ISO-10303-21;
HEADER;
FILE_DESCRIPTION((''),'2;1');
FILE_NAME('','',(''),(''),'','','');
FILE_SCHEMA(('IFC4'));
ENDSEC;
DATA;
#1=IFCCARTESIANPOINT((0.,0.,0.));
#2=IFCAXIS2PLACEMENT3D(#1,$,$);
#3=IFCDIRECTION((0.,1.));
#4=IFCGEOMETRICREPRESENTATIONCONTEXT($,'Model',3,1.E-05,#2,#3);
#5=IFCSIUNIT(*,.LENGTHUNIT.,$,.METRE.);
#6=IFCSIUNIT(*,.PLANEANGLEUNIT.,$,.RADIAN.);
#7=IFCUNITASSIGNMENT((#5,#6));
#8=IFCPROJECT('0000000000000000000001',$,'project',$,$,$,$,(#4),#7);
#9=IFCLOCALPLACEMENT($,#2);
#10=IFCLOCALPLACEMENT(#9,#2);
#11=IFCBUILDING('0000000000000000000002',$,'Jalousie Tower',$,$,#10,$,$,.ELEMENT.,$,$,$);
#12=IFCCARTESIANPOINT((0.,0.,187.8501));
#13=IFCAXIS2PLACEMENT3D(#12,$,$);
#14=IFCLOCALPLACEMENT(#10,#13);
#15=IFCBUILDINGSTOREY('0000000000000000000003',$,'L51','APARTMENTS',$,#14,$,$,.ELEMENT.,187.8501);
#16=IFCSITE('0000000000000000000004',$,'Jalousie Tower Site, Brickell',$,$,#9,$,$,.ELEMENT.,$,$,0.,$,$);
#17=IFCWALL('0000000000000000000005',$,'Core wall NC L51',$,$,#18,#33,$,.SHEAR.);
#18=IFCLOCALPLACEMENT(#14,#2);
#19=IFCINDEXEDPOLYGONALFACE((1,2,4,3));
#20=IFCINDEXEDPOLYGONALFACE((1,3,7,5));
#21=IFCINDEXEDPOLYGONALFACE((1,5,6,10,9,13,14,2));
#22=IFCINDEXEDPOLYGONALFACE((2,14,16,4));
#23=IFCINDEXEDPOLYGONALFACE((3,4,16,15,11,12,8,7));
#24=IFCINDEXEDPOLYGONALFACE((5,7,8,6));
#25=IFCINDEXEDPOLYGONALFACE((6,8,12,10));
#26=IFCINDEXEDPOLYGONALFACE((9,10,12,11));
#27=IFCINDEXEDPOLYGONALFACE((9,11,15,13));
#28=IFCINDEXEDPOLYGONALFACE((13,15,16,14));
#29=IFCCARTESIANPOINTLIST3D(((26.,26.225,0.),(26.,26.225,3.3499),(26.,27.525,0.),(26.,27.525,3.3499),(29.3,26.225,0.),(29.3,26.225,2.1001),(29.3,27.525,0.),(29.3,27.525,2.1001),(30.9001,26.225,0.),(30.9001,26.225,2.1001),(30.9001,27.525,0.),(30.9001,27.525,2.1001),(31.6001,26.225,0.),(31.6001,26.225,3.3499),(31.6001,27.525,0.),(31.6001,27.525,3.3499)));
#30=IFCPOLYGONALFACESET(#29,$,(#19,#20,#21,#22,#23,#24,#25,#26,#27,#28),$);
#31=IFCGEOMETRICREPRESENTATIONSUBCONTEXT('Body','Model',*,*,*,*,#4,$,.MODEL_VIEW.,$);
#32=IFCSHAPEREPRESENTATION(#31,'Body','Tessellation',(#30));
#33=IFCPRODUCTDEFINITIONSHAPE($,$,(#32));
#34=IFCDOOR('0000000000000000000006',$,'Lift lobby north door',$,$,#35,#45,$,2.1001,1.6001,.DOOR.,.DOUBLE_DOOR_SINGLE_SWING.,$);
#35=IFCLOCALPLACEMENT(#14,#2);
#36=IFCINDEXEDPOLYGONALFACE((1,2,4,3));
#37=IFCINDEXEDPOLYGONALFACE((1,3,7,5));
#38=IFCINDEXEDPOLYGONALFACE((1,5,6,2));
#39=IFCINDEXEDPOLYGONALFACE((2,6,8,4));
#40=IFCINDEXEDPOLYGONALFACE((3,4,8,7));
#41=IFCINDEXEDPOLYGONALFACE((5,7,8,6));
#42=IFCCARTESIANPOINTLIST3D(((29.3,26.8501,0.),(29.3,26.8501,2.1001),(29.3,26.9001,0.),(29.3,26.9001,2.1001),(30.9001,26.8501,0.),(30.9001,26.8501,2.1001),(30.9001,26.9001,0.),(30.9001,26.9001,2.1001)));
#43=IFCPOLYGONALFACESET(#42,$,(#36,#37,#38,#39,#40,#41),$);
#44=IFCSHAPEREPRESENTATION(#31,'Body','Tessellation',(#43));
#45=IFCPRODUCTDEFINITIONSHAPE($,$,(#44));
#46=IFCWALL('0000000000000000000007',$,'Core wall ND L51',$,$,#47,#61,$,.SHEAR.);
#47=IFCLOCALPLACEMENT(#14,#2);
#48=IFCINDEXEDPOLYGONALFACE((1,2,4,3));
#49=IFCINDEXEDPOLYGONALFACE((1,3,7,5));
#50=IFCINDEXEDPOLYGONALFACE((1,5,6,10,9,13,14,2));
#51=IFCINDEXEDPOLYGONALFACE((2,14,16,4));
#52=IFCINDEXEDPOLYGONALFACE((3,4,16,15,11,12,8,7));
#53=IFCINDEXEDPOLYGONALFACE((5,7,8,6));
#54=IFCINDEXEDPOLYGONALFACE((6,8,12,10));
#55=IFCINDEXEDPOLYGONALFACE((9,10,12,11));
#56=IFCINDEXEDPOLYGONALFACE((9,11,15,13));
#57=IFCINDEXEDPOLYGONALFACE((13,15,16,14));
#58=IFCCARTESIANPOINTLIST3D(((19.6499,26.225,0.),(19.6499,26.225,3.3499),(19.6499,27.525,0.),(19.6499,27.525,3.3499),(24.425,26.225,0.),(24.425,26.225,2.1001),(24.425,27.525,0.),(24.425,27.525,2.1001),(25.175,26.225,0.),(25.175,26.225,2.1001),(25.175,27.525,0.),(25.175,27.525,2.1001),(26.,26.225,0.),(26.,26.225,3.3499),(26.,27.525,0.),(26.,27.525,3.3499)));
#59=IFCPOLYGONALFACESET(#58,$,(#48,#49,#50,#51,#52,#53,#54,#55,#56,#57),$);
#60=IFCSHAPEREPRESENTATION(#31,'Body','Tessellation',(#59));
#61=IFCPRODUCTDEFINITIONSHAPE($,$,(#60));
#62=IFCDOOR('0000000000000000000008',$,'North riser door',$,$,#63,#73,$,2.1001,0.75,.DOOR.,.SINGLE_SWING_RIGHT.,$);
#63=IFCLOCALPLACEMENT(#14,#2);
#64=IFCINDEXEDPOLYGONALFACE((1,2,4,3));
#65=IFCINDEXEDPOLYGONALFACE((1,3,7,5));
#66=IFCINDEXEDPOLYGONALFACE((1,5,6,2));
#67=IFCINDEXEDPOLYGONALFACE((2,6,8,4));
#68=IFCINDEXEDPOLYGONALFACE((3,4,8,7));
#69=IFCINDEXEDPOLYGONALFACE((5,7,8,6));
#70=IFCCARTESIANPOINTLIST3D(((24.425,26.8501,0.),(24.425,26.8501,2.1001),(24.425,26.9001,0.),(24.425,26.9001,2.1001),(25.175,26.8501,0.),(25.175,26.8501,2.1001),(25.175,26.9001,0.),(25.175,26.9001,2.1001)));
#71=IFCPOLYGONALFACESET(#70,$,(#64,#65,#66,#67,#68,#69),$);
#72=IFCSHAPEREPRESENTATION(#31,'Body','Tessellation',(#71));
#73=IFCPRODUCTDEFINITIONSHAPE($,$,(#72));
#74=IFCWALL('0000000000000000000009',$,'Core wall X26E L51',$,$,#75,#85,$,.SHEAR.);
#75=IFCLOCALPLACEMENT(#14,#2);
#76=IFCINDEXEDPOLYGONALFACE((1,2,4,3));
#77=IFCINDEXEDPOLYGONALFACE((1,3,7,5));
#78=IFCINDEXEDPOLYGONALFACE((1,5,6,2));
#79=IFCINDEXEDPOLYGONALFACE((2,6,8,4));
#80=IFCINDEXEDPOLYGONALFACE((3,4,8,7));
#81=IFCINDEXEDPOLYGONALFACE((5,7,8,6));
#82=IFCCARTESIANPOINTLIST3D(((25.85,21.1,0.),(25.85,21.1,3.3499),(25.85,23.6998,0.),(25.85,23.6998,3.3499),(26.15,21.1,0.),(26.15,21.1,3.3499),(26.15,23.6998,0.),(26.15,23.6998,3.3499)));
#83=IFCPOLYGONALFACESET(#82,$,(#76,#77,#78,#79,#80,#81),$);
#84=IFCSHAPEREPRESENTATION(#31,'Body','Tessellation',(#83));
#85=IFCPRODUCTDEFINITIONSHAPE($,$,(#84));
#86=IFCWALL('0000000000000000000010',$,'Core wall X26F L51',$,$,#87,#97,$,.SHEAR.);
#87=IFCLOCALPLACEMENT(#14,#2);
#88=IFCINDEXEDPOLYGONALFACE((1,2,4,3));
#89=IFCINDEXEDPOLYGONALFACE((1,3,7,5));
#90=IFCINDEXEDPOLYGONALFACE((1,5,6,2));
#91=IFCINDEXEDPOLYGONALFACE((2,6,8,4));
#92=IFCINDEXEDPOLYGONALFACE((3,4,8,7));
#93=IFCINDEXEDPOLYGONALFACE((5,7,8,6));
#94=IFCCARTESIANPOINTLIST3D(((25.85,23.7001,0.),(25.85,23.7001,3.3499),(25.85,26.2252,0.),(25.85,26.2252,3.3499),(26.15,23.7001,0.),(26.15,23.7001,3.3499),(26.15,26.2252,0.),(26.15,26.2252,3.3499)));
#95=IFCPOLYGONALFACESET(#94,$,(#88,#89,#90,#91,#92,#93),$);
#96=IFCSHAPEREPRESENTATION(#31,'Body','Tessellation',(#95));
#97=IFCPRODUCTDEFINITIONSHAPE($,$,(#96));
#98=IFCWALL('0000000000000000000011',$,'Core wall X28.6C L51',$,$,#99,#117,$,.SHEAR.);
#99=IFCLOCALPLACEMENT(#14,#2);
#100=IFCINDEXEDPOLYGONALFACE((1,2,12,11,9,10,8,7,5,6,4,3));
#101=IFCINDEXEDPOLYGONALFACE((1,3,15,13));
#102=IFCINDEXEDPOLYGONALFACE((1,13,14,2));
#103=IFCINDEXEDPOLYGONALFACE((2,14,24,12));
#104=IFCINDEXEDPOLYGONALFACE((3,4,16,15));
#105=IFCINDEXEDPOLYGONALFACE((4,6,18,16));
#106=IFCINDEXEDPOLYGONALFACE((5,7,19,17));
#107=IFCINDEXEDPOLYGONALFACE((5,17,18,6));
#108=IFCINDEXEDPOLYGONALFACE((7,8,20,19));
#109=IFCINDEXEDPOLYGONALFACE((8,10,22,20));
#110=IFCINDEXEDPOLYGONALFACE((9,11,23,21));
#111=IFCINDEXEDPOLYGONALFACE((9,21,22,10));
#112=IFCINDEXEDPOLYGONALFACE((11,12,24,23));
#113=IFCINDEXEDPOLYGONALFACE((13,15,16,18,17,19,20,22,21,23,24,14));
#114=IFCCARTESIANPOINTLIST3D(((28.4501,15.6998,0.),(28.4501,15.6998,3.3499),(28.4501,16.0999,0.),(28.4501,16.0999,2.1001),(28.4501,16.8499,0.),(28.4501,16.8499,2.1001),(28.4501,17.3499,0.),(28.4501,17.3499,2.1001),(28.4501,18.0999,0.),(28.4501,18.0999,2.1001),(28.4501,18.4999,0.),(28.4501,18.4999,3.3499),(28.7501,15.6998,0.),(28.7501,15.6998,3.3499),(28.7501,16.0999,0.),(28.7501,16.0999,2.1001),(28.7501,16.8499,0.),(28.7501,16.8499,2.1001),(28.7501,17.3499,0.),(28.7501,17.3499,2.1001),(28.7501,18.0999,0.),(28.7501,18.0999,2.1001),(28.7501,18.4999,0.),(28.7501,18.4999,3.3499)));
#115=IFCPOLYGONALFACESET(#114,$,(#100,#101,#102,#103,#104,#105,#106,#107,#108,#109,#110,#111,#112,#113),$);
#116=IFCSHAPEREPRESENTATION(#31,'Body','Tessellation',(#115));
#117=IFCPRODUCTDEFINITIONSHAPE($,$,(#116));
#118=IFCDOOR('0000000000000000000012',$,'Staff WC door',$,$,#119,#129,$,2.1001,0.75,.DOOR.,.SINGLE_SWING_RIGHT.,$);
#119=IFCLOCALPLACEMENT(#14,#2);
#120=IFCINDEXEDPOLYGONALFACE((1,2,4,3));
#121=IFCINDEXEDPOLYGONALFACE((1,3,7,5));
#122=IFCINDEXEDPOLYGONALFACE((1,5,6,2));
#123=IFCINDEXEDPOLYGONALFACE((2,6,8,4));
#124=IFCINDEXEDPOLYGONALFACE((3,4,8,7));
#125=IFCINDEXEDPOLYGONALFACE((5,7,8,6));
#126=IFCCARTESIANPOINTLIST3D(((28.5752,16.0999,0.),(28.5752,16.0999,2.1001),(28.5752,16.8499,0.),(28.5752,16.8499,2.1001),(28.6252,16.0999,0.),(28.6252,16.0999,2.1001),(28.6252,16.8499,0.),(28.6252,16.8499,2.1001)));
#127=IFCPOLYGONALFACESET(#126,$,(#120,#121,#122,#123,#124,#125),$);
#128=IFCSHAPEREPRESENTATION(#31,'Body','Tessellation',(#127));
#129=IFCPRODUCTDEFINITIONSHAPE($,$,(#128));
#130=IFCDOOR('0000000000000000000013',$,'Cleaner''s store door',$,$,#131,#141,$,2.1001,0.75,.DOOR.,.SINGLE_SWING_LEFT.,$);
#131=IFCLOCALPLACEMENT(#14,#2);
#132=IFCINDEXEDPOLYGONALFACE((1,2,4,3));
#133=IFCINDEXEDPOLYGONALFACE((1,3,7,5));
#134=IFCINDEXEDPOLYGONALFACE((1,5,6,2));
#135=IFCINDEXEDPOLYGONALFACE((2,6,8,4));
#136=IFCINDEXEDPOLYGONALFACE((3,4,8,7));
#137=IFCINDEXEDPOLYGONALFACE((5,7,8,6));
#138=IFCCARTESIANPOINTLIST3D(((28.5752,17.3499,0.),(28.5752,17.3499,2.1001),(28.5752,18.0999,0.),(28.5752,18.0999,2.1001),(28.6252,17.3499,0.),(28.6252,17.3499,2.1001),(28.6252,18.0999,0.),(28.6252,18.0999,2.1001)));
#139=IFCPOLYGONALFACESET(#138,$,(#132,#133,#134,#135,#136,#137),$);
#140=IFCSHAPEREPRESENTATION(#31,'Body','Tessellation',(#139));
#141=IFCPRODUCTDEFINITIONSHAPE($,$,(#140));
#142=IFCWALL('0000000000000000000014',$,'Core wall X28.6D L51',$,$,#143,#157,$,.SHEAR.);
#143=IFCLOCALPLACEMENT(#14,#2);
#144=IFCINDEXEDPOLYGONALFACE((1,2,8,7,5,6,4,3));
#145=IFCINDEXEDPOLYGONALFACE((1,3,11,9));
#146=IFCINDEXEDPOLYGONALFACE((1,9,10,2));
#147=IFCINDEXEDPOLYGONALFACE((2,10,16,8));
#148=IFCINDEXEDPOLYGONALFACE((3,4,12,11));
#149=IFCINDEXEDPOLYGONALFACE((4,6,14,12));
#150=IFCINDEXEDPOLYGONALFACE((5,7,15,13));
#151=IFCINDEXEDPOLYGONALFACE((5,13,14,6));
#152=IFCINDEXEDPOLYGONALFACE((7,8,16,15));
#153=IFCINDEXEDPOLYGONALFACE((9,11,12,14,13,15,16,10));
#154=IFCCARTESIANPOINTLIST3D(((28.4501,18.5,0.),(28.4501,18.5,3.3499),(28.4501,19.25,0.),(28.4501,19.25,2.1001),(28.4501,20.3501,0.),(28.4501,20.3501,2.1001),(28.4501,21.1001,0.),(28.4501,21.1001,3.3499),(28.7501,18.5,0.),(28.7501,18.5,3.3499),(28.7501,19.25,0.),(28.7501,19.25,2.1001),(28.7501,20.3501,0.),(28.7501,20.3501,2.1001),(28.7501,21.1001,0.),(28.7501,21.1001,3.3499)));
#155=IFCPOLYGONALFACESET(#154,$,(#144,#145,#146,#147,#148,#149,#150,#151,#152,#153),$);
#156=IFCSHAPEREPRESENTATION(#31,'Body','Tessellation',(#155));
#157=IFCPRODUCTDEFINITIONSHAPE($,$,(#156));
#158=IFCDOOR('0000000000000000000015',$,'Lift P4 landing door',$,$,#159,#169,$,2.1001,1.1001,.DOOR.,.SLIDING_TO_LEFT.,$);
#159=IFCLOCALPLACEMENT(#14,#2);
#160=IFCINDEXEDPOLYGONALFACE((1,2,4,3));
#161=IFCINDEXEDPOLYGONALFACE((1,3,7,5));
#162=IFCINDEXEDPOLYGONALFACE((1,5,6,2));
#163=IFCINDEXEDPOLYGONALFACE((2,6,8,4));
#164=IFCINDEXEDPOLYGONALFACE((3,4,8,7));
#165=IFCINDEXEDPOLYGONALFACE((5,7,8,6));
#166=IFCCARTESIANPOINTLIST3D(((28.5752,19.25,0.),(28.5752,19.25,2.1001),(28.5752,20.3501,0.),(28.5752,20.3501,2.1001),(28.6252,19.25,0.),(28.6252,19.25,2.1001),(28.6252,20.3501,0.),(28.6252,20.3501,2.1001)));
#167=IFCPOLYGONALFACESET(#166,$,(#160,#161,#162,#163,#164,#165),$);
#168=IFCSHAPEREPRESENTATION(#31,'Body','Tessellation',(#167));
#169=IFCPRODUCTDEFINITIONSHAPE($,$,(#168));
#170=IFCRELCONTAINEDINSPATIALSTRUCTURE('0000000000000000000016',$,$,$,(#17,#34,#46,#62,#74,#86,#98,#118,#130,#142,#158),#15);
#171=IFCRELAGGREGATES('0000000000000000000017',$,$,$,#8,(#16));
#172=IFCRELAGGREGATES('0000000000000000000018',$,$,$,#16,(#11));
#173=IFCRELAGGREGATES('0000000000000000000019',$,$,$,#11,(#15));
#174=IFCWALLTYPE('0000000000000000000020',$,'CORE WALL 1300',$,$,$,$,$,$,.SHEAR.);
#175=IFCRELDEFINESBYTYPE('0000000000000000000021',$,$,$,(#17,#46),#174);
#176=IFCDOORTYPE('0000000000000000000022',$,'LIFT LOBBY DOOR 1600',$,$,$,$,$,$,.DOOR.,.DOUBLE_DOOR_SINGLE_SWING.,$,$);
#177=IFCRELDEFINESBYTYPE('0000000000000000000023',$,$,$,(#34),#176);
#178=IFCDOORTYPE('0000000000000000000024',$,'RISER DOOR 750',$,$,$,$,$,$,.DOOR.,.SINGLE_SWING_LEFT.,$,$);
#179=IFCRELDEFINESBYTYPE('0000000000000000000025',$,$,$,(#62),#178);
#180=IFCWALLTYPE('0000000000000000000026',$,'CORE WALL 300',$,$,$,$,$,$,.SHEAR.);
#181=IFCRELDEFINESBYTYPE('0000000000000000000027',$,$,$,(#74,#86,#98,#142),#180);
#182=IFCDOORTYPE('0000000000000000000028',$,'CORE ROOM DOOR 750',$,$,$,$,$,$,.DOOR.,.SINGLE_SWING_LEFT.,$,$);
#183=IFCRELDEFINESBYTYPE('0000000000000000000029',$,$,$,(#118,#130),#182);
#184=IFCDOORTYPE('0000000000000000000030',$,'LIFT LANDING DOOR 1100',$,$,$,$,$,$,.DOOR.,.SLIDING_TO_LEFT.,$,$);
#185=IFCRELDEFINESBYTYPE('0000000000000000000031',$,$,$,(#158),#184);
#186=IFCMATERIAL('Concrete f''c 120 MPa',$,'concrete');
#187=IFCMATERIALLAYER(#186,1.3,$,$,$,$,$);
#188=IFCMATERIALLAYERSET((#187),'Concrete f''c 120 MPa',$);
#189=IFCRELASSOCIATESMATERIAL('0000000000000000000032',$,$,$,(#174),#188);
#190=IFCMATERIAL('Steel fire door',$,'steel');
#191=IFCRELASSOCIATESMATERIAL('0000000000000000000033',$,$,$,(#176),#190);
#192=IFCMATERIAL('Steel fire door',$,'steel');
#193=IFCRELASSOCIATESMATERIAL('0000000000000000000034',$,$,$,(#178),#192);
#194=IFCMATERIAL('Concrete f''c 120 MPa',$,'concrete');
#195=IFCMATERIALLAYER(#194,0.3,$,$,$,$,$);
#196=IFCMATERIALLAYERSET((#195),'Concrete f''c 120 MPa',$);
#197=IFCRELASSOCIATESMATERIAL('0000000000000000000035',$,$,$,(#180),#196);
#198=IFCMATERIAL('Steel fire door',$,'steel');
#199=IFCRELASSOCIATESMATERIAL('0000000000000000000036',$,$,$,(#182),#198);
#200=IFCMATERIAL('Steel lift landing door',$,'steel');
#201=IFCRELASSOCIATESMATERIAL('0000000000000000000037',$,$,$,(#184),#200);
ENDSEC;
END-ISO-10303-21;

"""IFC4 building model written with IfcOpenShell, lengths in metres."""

from ifc_helpers import new_model, si_unit, direction, frame, frame_2d, origin, place, context, subcontext, project, spatial, rectangle, extrude, material, layer, layer_set, type_object, element, fill, save


model = new_model("IFC4")

# Units and contexts
model_context = context("Model", 3, precision=1e-05, world=origin(), true_north=direction((0.0, 1.0)))
body_context = subcontext(model_context, "Body", "Model", "MODEL_VIEW")
ifc_project = project(units=[si_unit("LENGTHUNIT", "METRE"), si_unit("PLANEANGLEUNIT", "RADIAN")], contexts=[model_context])

# Site, building, storey
site_placement = place(None, origin())
site = spatial("IfcSite", under=ifc_project, at=site_placement, Name="Jalousie Tower Site, Brickell", CompositionType="ELEMENT", RefElevation=0.0)
building_placement = place(site_placement, origin())
building = spatial("IfcBuilding", under=site, at=building_placement, Name="Jalousie Tower", CompositionType="ELEMENT")
storey_placement = place(building_placement, frame((0.0, 0.0, 187.8501)))
storey = spatial("IfcBuildingStorey", under=building, at=storey_placement, Name="L51", Description="APARTMENTS", CompositionType="ELEMENT", Elevation=187.8501)

# Walls, openings, doors
ifc_material_1 = material(Name="Concrete f'c 120 MPa", Category="concrete")
ifc_layer_1 = layer(ifc_material_1, 1.3)
ifc_layer_set_1 = layer_set([ifc_layer_1], Name="Concrete f'c 120 MPa")
wall_type_1 = type_object("IfcWallType", Name="CORE WALL 1300", PredefinedType="SHEAR", material=ifc_layer_set_1)
wall_1_placement = place(storey_placement, frame((31.6001, 26.875, 0.0), z_axis=(0.0, 0.0, 1.0), x_axis=(-1.0, 0.0, 0.0)))
wall_1 = element("IfcWall", 1, at=wall_1_placement, inside=storey, type_object=wall_type_1, Name="Core wall NC L51", PredefinedType="SHEAR", context=body_context, shape_type="SweptSolid", body=[
    extrude(rectangle(XDim=5.6001, YDim=1.3, at=frame_2d((2.8, 0.0))), origin(), (0.0, 0.0, 1.0), 3.3499),
])
opening_1_placement = place(wall_1_placement, frame((0.7, 0.0, 0.0)))
opening_1 = element("IfcOpeningElement", 2, at=opening_1_placement, cuts=wall_1, PredefinedType="OPENING", context=body_context, shape_type="SweptSolid", body=[
    extrude(rectangle(XDim=1.6001, YDim=2.1001, at=frame_2d((0.8, 1.05))), frame((0.0, 0.6599, 0.0), z_axis=(0.0, -1.0, 0.0), x_axis=(1.0, 0.0, 0.0)), (0.0, 0.0, 1.0), 1.3201),
])
ifc_material_2 = material(Name="Steel fire door", Category="steel")
door_type_1 = type_object("IfcDoorType", Name="LIFT LOBBY DOOR 1600", OperationType="DOUBLE_DOOR_SINGLE_SWING", PredefinedType="DOOR", material=ifc_material_2)
door_1_placement = place(opening_1_placement, origin())
door_1 = element("IfcDoor", 3, at=door_1_placement, inside=storey, type_object=door_type_1, Name="Lift lobby north door", OperationType="DOUBLE_DOOR_SINGLE_SWING", OverallHeight=2.1001, OverallWidth=1.6001, PredefinedType="DOOR", context=body_context, shape_type="SweptSolid", body=[
    extrude(rectangle(XDim=1.6001, YDim=2.1001, at=frame_2d((0.8, 1.05))), frame((0.0, 0.0249, 0.0), z_axis=(0.0, -1.0, 0.0), x_axis=(1.0, 0.0, 0.0)), (0.0, 0.0, 1.0), 0.05),
])
fill(opening_1, door_1)
wall_2_placement = place(storey_placement, frame((26.0, 26.875, 0.0), z_axis=(0.0, 0.0, 1.0), x_axis=(-1.0, 0.0, 0.0)))
wall_2 = element("IfcWall", 4, at=wall_2_placement, inside=storey, type_object=wall_type_1, Name="Core wall ND L51", PredefinedType="SHEAR", context=body_context, shape_type="SweptSolid", body=[
    extrude(rectangle(XDim=6.3501, YDim=1.3, at=frame_2d((3.175, 0.0))), origin(), (0.0, 0.0, 1.0), 3.3499),
])
opening_2_placement = place(wall_2_placement, frame((0.825, 0.0, 0.0)))
opening_2 = element("IfcOpeningElement", 5, at=opening_2_placement, cuts=wall_2, PredefinedType="OPENING", context=body_context, shape_type="SweptSolid", body=[
    extrude(rectangle(XDim=0.75, YDim=2.1001, at=frame_2d((0.375, 1.05))), frame((0.0, 0.6599, 0.0), z_axis=(0.0, -1.0, 0.0), x_axis=(1.0, 0.0, 0.0)), (0.0, 0.0, 1.0), 1.3201),
])
ifc_material_3 = material(Name="Steel fire door", Category="steel")
door_type_2 = type_object("IfcDoorType", Name="RISER DOOR 750", OperationType="SINGLE_SWING_LEFT", PredefinedType="DOOR", material=ifc_material_3)
door_2_placement = place(opening_2_placement, origin())
door_2 = element("IfcDoor", 6, at=door_2_placement, inside=storey, type_object=door_type_2, Name="North riser door", OperationType="SINGLE_SWING_RIGHT", OverallHeight=2.1001, OverallWidth=0.75, PredefinedType="DOOR", context=body_context, shape_type="SweptSolid", body=[
    extrude(rectangle(XDim=0.75, YDim=2.1001, at=frame_2d((0.375, 1.05))), frame((0.0, 0.0249, 0.0), z_axis=(0.0, -1.0, 0.0), x_axis=(1.0, 0.0, 0.0)), (0.0, 0.0, 1.0), 0.05),
])
fill(opening_2, door_2)

# Walls
ifc_material_4 = material(Name="Concrete f'c 120 MPa", Category="concrete")
ifc_layer_2 = layer(ifc_material_4, 0.3)
ifc_layer_set_2 = layer_set([ifc_layer_2], Name="Concrete f'c 120 MPa")
wall_type_2 = type_object("IfcWallType", Name="CORE WALL 300", PredefinedType="SHEAR", material=ifc_layer_set_2)
wall_3_placement = place(storey_placement, frame((26.0, 21.1001, 0.0), z_axis=(0.0, 0.0, 1.0), x_axis=(0.0, 1.0, 0.0)))
element("IfcWall", 7, at=wall_3_placement, inside=storey, type_object=wall_type_2, Name="Core wall X26E L51", PredefinedType="SHEAR", context=body_context, shape_type="SweptSolid", body=[
    extrude(rectangle(XDim=2.5999, YDim=0.3, at=frame_2d((1.2998, 0.0))), origin(), (0.0, 0.0, 1.0), 3.3499),
])
wall_4_placement = place(storey_placement, frame((26.0, 23.7, 0.0), z_axis=(0.0, 0.0, 1.0), x_axis=(0.0, 1.0, 0.0)))
element("IfcWall", 8, at=wall_4_placement, inside=storey, type_object=wall_type_2, Name="Core wall X26F L51", PredefinedType="SHEAR", context=body_context, shape_type="SweptSolid", body=[
    extrude(rectangle(XDim=2.5251, YDim=0.3, at=frame_2d((1.2627, 0.0))), origin(), (0.0, 0.0, 1.0), 3.3499),
])

# Wall, openings, doors
wall_5_placement = place(storey_placement, frame((28.6001, 15.7, 0.0), z_axis=(0.0, 0.0, 1.0), x_axis=(0.0, 1.0, 0.0)))
wall_5 = element("IfcWall", 9, at=wall_5_placement, inside=storey, type_object=wall_type_2, Name="Core wall X28.6C L51", PredefinedType="SHEAR", context=body_context, shape_type="SweptSolid", body=[
    extrude(rectangle(XDim=2.8, YDim=0.3, at=frame_2d((1.3999, 0.0))), origin(), (0.0, 0.0, 1.0), 3.3499),
])
opening_3_placement = place(wall_5_placement, frame((0.3999, 0.0, 0.0)))
opening_3 = element("IfcOpeningElement", 10, at=opening_3_placement, cuts=wall_5, PredefinedType="OPENING", context=body_context, shape_type="SweptSolid", body=[
    extrude(rectangle(XDim=0.75, YDim=2.1001, at=frame_2d((0.375, 1.05))), frame((0.0, 0.1599, 0.0), z_axis=(0.0, -1.0, 0.0), x_axis=(1.0, 0.0, 0.0)), (0.0, 0.0, 1.0), 0.3201),
])
opening_4_placement = place(wall_5_placement, frame((1.6499, 0.0, 0.0)))
opening_4 = element("IfcOpeningElement", 11, at=opening_4_placement, cuts=wall_5, PredefinedType="OPENING", context=body_context, shape_type="SweptSolid", body=[
    extrude(rectangle(XDim=0.75, YDim=2.1001, at=frame_2d((0.375, 1.05))), frame((0.0, 0.1599, 0.0), z_axis=(0.0, -1.0, 0.0), x_axis=(1.0, 0.0, 0.0)), (0.0, 0.0, 1.0), 0.3201),
])
ifc_material_5 = material(Name="Steel fire door", Category="steel")
door_type_3 = type_object("IfcDoorType", Name="CORE ROOM DOOR 750", OperationType="SINGLE_SWING_LEFT", PredefinedType="DOOR", material=ifc_material_5)
door_3_placement = place(opening_3_placement, origin())
door_3 = element("IfcDoor", 12, at=door_3_placement, inside=storey, type_object=door_type_3, Name="Staff WC door", OperationType="SINGLE_SWING_RIGHT", OverallHeight=2.1001, OverallWidth=0.75, PredefinedType="DOOR", context=body_context, shape_type="SweptSolid", body=[
    extrude(rectangle(XDim=0.75, YDim=2.1001, at=frame_2d((0.375, 1.05))), frame((0.0, 0.0249, 0.0), z_axis=(0.0, -1.0, 0.0), x_axis=(1.0, 0.0, 0.0)), (0.0, 0.0, 1.0), 0.05),
])
fill(opening_3, door_3)
door_4_placement = place(opening_4_placement, origin())
door_4 = element("IfcDoor", 13, at=door_4_placement, inside=storey, type_object=door_type_3, Name="Cleaner's store door", OperationType="SINGLE_SWING_LEFT", OverallHeight=2.1001, OverallWidth=0.75, PredefinedType="DOOR", context=body_context, shape_type="SweptSolid", body=[
    extrude(rectangle(XDim=0.75, YDim=2.1001, at=frame_2d((0.375, 1.05))), frame((0.0, 0.0249, 0.0), z_axis=(0.0, -1.0, 0.0), x_axis=(1.0, 0.0, 0.0)), (0.0, 0.0, 1.0), 0.05),
])
fill(opening_4, door_4)

# Wall, opening, door
wall_6_placement = place(storey_placement, frame((28.6001, 18.5, 0.0), z_axis=(0.0, 0.0, 1.0), x_axis=(0.0, 1.0, 0.0)))
wall_6 = element("IfcWall", 14, at=wall_6_placement, inside=storey, type_object=wall_type_2, Name="Core wall X28.6D L51", PredefinedType="SHEAR", context=body_context, shape_type="SweptSolid", body=[
    extrude(rectangle(XDim=2.6001, YDim=0.3, at=frame_2d((1.3, 0.0))), origin(), (0.0, 0.0, 1.0), 3.3499),
])
opening_5_placement = place(wall_6_placement, frame((0.75, 0.0, 0.0)))
opening_5 = element("IfcOpeningElement", 15, at=opening_5_placement, cuts=wall_6, PredefinedType="OPENING", context=body_context, shape_type="SweptSolid", body=[
    extrude(rectangle(XDim=1.1001, YDim=2.1001, at=frame_2d((0.55, 1.05))), frame((0.0, 0.1599, 0.0), z_axis=(0.0, -1.0, 0.0), x_axis=(1.0, 0.0, 0.0)), (0.0, 0.0, 1.0), 0.3201),
])
ifc_material_6 = material(Name="Steel lift landing door", Category="steel")
door_type_4 = type_object("IfcDoorType", Name="LIFT LANDING DOOR 1100", OperationType="SLIDING_TO_LEFT", PredefinedType="DOOR", material=ifc_material_6)
door_5_placement = place(opening_5_placement, origin())
door_5 = element("IfcDoor", 16, at=door_5_placement, inside=storey, type_object=door_type_4, Name="Lift P4 landing door", OperationType="SLIDING_TO_LEFT", OverallHeight=2.1001, OverallWidth=1.1001, PredefinedType="DOOR", context=body_context, shape_type="SweptSolid", body=[
    extrude(rectangle(XDim=1.1001, YDim=2.1001, at=frame_2d((0.55, 1.05))), frame((0.0, 0.0249, 0.0), z_axis=(0.0, -1.0, 0.0), x_axis=(1.0, 0.0, 0.0)), (0.0, 0.0, 1.0), 0.05),
])
fill(opening_5, door_5)

save(model, "model.ifc")
